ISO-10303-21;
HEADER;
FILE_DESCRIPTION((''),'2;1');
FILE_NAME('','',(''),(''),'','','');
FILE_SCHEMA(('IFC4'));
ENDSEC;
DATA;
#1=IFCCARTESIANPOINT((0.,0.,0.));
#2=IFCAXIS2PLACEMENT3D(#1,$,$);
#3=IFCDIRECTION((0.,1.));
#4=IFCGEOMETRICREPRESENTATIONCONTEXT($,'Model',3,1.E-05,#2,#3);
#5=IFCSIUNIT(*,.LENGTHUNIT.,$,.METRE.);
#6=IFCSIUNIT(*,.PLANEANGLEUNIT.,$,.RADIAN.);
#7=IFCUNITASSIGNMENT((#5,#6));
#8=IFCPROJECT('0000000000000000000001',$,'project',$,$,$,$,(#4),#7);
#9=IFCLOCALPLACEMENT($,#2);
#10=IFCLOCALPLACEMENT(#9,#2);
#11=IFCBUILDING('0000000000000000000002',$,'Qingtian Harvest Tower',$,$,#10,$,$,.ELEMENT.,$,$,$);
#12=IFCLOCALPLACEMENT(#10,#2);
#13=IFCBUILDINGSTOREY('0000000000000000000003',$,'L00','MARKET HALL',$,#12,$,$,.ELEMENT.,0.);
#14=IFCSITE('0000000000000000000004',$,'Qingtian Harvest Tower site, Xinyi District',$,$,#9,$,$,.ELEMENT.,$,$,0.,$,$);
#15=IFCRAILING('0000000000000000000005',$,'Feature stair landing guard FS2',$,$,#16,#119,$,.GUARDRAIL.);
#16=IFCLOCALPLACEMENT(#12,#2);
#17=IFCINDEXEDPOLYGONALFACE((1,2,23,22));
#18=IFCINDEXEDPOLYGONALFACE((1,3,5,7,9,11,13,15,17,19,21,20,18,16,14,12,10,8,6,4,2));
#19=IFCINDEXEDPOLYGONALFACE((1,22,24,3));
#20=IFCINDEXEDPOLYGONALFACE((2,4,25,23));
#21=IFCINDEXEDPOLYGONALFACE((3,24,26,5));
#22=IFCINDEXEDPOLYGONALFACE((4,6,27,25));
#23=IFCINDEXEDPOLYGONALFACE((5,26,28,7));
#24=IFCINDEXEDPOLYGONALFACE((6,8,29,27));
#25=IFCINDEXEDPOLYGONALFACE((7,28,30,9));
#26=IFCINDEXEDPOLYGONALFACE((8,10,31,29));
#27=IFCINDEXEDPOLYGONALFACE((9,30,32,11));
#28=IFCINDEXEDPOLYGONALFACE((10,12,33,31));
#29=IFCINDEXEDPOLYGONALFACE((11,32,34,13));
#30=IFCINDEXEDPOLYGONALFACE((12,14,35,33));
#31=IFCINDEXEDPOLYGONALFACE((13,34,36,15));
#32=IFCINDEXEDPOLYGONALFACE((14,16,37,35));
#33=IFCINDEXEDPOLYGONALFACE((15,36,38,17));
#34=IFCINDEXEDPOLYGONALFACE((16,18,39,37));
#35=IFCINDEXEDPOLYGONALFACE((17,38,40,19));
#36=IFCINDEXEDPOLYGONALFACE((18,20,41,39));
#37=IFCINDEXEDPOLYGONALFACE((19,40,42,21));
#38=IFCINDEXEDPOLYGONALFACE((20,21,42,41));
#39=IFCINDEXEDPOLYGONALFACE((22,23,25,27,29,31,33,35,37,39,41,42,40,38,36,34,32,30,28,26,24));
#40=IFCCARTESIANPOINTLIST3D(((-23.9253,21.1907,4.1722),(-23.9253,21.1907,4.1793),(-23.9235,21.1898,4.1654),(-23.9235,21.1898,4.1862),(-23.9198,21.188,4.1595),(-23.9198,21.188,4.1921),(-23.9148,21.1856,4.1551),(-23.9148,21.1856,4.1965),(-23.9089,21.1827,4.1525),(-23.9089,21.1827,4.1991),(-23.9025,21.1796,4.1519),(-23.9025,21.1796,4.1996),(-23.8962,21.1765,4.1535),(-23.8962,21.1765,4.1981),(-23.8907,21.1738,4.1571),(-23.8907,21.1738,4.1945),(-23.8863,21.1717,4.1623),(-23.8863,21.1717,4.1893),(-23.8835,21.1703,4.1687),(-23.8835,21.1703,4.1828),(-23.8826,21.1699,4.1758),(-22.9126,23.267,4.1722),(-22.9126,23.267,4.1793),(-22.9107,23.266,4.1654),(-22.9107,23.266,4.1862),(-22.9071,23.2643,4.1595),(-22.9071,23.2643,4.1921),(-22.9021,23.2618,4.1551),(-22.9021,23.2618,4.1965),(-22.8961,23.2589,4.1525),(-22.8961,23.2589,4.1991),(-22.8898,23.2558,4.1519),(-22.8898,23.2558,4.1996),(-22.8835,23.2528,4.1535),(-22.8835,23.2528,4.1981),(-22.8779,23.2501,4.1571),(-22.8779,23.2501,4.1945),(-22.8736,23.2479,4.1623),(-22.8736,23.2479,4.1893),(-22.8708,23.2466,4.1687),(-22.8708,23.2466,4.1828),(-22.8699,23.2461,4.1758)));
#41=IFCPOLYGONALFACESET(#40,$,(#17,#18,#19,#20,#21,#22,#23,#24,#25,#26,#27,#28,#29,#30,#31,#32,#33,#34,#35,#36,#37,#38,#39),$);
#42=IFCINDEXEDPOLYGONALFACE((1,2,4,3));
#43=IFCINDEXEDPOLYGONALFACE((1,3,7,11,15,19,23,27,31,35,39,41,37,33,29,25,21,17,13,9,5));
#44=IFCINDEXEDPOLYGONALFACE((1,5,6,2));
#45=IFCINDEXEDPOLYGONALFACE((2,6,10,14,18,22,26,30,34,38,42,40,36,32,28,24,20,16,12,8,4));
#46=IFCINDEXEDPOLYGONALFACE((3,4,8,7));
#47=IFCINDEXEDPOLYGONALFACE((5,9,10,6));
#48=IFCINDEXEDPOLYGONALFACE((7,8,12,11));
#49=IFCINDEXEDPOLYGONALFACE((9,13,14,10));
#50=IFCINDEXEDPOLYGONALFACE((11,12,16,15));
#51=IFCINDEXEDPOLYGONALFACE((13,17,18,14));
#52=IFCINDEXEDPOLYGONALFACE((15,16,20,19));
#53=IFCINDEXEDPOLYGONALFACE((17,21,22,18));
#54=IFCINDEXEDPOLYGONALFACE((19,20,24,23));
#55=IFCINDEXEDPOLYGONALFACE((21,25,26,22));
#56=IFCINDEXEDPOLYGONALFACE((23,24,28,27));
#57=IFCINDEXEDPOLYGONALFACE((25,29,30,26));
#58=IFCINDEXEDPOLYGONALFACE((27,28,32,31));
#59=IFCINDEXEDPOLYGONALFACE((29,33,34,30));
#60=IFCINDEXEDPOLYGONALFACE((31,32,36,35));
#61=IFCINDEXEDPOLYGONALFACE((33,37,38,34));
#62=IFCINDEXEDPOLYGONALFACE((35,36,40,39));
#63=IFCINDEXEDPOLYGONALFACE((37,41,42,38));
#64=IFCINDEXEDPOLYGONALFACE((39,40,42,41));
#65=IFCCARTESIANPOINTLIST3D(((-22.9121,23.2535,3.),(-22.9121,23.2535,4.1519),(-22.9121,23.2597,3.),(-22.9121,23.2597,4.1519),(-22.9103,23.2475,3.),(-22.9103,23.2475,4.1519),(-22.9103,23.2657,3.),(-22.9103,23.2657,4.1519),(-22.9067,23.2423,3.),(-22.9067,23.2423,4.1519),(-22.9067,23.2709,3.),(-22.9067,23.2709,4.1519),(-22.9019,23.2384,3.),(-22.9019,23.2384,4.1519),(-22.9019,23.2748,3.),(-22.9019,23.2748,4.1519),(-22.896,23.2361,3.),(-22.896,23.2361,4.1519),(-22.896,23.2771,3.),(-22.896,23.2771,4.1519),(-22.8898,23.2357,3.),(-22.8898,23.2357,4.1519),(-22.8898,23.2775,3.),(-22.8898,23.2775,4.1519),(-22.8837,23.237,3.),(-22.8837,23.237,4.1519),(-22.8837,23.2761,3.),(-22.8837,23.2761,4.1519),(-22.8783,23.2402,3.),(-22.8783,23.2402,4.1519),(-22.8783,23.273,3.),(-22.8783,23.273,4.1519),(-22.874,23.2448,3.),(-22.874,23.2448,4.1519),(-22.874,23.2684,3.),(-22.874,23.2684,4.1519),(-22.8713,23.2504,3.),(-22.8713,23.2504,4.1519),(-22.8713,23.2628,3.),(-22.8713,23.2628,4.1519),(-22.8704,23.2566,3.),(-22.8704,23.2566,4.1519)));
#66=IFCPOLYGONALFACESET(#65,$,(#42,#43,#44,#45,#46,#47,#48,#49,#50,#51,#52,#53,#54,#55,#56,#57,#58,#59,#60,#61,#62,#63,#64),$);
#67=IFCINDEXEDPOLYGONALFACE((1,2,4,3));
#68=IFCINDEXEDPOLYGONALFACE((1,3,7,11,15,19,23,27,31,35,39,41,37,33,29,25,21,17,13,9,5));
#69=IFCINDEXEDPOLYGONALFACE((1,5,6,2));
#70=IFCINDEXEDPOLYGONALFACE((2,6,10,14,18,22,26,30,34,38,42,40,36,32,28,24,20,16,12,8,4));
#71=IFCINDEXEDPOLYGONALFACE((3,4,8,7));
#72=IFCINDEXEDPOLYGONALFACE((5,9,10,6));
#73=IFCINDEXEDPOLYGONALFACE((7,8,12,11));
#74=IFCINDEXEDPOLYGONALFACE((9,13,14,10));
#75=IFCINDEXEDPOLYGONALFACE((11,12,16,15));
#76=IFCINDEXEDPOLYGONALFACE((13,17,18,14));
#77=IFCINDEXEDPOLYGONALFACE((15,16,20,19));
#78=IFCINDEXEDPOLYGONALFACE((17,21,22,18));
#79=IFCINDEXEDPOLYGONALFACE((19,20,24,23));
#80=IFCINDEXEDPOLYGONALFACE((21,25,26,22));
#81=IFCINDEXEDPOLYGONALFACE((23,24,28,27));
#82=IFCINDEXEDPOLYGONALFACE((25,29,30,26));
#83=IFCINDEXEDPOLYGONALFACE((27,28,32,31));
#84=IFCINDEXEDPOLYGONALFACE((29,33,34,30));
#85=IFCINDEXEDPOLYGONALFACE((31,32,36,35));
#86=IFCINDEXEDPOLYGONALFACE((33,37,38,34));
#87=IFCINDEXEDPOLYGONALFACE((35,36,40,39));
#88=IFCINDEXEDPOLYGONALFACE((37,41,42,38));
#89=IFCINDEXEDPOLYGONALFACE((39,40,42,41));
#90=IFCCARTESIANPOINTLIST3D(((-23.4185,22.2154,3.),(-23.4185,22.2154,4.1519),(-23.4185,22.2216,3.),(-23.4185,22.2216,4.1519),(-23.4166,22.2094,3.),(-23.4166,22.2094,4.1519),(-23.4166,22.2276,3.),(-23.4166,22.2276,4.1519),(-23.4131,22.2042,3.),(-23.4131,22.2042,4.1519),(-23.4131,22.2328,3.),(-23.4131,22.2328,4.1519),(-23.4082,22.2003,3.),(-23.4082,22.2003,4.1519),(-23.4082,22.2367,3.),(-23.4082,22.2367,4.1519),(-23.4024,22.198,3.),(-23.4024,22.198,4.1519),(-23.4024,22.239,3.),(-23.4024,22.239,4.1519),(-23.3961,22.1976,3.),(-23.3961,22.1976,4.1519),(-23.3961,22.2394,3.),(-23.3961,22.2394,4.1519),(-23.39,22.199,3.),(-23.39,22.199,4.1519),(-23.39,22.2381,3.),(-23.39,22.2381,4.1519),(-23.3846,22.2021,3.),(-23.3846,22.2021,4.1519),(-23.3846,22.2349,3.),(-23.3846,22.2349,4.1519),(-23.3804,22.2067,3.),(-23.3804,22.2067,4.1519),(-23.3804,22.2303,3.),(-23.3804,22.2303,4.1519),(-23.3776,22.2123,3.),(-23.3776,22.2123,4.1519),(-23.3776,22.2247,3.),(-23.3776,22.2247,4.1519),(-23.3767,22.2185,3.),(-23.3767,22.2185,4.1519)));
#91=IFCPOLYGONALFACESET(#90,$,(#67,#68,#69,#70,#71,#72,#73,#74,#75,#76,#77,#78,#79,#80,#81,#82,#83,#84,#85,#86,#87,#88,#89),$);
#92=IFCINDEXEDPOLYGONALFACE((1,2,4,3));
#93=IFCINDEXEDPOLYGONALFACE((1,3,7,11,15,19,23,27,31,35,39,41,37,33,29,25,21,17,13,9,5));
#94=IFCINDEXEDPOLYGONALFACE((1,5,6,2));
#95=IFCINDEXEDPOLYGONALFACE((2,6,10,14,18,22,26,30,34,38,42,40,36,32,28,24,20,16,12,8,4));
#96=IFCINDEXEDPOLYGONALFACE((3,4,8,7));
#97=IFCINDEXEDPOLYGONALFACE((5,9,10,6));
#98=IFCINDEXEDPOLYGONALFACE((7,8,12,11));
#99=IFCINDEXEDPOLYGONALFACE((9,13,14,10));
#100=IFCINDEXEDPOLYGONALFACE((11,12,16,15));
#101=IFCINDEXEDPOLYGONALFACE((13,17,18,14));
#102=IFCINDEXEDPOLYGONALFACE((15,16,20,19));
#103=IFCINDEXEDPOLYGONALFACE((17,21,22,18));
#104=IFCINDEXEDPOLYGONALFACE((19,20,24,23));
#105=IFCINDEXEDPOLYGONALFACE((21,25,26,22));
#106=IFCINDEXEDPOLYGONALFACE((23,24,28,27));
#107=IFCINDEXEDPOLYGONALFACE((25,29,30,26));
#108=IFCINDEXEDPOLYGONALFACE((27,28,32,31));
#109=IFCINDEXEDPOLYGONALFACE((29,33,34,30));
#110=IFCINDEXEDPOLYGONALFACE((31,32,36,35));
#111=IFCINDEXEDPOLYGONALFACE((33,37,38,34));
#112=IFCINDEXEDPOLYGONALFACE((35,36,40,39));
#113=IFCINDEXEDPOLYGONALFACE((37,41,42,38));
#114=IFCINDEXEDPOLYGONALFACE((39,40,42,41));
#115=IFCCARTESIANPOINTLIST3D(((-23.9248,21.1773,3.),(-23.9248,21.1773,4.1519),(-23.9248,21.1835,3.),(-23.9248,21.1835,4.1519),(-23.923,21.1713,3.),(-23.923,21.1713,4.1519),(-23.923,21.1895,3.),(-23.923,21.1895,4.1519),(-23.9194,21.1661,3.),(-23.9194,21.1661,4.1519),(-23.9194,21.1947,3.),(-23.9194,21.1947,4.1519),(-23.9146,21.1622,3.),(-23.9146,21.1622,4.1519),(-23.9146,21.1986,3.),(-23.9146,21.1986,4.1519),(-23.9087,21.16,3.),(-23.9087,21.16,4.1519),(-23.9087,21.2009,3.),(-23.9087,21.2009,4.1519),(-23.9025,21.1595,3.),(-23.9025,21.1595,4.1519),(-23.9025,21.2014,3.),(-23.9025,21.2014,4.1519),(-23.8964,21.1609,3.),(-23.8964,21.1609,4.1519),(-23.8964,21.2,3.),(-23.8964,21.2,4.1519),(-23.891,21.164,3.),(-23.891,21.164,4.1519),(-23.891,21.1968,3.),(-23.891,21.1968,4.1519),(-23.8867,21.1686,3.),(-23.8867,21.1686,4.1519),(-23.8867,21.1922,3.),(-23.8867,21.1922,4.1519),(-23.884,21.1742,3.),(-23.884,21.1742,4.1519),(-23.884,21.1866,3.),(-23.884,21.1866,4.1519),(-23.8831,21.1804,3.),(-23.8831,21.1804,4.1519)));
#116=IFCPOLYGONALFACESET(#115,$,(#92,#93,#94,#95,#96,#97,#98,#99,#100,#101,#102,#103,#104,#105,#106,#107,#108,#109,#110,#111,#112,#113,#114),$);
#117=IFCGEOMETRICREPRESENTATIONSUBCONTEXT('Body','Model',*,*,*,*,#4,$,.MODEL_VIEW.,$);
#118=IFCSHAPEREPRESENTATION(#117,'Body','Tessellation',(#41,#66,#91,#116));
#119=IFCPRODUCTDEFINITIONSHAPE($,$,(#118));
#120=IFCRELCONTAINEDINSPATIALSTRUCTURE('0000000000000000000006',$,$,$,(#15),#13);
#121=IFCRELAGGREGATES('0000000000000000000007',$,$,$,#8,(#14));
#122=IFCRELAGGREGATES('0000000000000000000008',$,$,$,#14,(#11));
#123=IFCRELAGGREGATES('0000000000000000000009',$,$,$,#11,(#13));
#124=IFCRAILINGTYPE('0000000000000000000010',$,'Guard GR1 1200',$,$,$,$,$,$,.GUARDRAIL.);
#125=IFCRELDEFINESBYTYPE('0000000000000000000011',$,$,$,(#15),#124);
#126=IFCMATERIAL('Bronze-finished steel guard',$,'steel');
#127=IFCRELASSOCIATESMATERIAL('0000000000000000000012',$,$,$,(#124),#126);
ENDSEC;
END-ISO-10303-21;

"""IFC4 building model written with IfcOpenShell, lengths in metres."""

from ifc_helpers import new_model, si_unit, direction, frame, origin, origin_2d, place, context, subcontext, project, spatial, circle, extrude, material, type_object, element, save


model = new_model("IFC4")

# Units and contexts
model_context = context("Model", 3, precision=1e-05, world=origin(), true_north=direction((0.0, 1.0)))
body_context = subcontext(model_context, "Body", "Model", "MODEL_VIEW")
ifc_project = project(units=[si_unit("LENGTHUNIT", "METRE"), si_unit("PLANEANGLEUNIT", "RADIAN")], contexts=[model_context])

# Site, building, storey
site_placement = place(None, origin())
site = spatial("IfcSite", under=ifc_project, at=site_placement, Name="Qingtian Harvest Tower site, Xinyi District", CompositionType="ELEMENT", RefElevation=0.0)
building_placement = place(site_placement, origin())
building = spatial("IfcBuilding", under=site, at=building_placement, Name="Qingtian Harvest Tower", CompositionType="ELEMENT")
storey_placement = place(building_placement, origin())
storey = spatial("IfcBuildingStorey", under=building, at=storey_placement, Name="L00", Description="MARKET HALL", CompositionType="ELEMENT", Elevation=0.0)

# Railing
ifc_material_1 = material(Name="Bronze-finished steel guard", Category="steel")
railing_type = type_object("IfcRailingType", Name="Guard GR1 1200", PredefinedType="GUARDRAIL", material=ifc_material_1)
railing_1_placement = place(storey_placement, frame((-22.8914, 23.2566, 3.0)))
element("IfcRailing", 1, at=railing_1_placement, inside=storey, type_object=railing_type, Name="Feature stair landing guard FS2", PredefinedType="GUARDRAIL", context=body_context, shape_type="SweptSolid", body=[
    extrude(circle(Radius=0.0239, at=origin_2d()), frame((0.0, 0.0, 1.1758), z_axis=(-0.438399, -0.898781, 0.0), x_axis=(0.898781, -0.438399, 0.0)), (0.0, 0.0, 1.0), 2.3101),
    extrude(circle(Radius=0.021, at=origin_2d()), origin(), (0.0, 0.0, 1.0), 1.1519),
    extrude(circle(Radius=0.021, at=origin_2d()), frame((-0.5063, -1.0381, 0.0)), (0.0, 0.0, 1.0), 1.1519),
    extrude(circle(Radius=0.021, at=origin_2d()), frame((-1.0127, -2.0762, 0.0)), (0.0, 0.0, 1.0), 1.1519),
])

save(model, "model.ifc")
